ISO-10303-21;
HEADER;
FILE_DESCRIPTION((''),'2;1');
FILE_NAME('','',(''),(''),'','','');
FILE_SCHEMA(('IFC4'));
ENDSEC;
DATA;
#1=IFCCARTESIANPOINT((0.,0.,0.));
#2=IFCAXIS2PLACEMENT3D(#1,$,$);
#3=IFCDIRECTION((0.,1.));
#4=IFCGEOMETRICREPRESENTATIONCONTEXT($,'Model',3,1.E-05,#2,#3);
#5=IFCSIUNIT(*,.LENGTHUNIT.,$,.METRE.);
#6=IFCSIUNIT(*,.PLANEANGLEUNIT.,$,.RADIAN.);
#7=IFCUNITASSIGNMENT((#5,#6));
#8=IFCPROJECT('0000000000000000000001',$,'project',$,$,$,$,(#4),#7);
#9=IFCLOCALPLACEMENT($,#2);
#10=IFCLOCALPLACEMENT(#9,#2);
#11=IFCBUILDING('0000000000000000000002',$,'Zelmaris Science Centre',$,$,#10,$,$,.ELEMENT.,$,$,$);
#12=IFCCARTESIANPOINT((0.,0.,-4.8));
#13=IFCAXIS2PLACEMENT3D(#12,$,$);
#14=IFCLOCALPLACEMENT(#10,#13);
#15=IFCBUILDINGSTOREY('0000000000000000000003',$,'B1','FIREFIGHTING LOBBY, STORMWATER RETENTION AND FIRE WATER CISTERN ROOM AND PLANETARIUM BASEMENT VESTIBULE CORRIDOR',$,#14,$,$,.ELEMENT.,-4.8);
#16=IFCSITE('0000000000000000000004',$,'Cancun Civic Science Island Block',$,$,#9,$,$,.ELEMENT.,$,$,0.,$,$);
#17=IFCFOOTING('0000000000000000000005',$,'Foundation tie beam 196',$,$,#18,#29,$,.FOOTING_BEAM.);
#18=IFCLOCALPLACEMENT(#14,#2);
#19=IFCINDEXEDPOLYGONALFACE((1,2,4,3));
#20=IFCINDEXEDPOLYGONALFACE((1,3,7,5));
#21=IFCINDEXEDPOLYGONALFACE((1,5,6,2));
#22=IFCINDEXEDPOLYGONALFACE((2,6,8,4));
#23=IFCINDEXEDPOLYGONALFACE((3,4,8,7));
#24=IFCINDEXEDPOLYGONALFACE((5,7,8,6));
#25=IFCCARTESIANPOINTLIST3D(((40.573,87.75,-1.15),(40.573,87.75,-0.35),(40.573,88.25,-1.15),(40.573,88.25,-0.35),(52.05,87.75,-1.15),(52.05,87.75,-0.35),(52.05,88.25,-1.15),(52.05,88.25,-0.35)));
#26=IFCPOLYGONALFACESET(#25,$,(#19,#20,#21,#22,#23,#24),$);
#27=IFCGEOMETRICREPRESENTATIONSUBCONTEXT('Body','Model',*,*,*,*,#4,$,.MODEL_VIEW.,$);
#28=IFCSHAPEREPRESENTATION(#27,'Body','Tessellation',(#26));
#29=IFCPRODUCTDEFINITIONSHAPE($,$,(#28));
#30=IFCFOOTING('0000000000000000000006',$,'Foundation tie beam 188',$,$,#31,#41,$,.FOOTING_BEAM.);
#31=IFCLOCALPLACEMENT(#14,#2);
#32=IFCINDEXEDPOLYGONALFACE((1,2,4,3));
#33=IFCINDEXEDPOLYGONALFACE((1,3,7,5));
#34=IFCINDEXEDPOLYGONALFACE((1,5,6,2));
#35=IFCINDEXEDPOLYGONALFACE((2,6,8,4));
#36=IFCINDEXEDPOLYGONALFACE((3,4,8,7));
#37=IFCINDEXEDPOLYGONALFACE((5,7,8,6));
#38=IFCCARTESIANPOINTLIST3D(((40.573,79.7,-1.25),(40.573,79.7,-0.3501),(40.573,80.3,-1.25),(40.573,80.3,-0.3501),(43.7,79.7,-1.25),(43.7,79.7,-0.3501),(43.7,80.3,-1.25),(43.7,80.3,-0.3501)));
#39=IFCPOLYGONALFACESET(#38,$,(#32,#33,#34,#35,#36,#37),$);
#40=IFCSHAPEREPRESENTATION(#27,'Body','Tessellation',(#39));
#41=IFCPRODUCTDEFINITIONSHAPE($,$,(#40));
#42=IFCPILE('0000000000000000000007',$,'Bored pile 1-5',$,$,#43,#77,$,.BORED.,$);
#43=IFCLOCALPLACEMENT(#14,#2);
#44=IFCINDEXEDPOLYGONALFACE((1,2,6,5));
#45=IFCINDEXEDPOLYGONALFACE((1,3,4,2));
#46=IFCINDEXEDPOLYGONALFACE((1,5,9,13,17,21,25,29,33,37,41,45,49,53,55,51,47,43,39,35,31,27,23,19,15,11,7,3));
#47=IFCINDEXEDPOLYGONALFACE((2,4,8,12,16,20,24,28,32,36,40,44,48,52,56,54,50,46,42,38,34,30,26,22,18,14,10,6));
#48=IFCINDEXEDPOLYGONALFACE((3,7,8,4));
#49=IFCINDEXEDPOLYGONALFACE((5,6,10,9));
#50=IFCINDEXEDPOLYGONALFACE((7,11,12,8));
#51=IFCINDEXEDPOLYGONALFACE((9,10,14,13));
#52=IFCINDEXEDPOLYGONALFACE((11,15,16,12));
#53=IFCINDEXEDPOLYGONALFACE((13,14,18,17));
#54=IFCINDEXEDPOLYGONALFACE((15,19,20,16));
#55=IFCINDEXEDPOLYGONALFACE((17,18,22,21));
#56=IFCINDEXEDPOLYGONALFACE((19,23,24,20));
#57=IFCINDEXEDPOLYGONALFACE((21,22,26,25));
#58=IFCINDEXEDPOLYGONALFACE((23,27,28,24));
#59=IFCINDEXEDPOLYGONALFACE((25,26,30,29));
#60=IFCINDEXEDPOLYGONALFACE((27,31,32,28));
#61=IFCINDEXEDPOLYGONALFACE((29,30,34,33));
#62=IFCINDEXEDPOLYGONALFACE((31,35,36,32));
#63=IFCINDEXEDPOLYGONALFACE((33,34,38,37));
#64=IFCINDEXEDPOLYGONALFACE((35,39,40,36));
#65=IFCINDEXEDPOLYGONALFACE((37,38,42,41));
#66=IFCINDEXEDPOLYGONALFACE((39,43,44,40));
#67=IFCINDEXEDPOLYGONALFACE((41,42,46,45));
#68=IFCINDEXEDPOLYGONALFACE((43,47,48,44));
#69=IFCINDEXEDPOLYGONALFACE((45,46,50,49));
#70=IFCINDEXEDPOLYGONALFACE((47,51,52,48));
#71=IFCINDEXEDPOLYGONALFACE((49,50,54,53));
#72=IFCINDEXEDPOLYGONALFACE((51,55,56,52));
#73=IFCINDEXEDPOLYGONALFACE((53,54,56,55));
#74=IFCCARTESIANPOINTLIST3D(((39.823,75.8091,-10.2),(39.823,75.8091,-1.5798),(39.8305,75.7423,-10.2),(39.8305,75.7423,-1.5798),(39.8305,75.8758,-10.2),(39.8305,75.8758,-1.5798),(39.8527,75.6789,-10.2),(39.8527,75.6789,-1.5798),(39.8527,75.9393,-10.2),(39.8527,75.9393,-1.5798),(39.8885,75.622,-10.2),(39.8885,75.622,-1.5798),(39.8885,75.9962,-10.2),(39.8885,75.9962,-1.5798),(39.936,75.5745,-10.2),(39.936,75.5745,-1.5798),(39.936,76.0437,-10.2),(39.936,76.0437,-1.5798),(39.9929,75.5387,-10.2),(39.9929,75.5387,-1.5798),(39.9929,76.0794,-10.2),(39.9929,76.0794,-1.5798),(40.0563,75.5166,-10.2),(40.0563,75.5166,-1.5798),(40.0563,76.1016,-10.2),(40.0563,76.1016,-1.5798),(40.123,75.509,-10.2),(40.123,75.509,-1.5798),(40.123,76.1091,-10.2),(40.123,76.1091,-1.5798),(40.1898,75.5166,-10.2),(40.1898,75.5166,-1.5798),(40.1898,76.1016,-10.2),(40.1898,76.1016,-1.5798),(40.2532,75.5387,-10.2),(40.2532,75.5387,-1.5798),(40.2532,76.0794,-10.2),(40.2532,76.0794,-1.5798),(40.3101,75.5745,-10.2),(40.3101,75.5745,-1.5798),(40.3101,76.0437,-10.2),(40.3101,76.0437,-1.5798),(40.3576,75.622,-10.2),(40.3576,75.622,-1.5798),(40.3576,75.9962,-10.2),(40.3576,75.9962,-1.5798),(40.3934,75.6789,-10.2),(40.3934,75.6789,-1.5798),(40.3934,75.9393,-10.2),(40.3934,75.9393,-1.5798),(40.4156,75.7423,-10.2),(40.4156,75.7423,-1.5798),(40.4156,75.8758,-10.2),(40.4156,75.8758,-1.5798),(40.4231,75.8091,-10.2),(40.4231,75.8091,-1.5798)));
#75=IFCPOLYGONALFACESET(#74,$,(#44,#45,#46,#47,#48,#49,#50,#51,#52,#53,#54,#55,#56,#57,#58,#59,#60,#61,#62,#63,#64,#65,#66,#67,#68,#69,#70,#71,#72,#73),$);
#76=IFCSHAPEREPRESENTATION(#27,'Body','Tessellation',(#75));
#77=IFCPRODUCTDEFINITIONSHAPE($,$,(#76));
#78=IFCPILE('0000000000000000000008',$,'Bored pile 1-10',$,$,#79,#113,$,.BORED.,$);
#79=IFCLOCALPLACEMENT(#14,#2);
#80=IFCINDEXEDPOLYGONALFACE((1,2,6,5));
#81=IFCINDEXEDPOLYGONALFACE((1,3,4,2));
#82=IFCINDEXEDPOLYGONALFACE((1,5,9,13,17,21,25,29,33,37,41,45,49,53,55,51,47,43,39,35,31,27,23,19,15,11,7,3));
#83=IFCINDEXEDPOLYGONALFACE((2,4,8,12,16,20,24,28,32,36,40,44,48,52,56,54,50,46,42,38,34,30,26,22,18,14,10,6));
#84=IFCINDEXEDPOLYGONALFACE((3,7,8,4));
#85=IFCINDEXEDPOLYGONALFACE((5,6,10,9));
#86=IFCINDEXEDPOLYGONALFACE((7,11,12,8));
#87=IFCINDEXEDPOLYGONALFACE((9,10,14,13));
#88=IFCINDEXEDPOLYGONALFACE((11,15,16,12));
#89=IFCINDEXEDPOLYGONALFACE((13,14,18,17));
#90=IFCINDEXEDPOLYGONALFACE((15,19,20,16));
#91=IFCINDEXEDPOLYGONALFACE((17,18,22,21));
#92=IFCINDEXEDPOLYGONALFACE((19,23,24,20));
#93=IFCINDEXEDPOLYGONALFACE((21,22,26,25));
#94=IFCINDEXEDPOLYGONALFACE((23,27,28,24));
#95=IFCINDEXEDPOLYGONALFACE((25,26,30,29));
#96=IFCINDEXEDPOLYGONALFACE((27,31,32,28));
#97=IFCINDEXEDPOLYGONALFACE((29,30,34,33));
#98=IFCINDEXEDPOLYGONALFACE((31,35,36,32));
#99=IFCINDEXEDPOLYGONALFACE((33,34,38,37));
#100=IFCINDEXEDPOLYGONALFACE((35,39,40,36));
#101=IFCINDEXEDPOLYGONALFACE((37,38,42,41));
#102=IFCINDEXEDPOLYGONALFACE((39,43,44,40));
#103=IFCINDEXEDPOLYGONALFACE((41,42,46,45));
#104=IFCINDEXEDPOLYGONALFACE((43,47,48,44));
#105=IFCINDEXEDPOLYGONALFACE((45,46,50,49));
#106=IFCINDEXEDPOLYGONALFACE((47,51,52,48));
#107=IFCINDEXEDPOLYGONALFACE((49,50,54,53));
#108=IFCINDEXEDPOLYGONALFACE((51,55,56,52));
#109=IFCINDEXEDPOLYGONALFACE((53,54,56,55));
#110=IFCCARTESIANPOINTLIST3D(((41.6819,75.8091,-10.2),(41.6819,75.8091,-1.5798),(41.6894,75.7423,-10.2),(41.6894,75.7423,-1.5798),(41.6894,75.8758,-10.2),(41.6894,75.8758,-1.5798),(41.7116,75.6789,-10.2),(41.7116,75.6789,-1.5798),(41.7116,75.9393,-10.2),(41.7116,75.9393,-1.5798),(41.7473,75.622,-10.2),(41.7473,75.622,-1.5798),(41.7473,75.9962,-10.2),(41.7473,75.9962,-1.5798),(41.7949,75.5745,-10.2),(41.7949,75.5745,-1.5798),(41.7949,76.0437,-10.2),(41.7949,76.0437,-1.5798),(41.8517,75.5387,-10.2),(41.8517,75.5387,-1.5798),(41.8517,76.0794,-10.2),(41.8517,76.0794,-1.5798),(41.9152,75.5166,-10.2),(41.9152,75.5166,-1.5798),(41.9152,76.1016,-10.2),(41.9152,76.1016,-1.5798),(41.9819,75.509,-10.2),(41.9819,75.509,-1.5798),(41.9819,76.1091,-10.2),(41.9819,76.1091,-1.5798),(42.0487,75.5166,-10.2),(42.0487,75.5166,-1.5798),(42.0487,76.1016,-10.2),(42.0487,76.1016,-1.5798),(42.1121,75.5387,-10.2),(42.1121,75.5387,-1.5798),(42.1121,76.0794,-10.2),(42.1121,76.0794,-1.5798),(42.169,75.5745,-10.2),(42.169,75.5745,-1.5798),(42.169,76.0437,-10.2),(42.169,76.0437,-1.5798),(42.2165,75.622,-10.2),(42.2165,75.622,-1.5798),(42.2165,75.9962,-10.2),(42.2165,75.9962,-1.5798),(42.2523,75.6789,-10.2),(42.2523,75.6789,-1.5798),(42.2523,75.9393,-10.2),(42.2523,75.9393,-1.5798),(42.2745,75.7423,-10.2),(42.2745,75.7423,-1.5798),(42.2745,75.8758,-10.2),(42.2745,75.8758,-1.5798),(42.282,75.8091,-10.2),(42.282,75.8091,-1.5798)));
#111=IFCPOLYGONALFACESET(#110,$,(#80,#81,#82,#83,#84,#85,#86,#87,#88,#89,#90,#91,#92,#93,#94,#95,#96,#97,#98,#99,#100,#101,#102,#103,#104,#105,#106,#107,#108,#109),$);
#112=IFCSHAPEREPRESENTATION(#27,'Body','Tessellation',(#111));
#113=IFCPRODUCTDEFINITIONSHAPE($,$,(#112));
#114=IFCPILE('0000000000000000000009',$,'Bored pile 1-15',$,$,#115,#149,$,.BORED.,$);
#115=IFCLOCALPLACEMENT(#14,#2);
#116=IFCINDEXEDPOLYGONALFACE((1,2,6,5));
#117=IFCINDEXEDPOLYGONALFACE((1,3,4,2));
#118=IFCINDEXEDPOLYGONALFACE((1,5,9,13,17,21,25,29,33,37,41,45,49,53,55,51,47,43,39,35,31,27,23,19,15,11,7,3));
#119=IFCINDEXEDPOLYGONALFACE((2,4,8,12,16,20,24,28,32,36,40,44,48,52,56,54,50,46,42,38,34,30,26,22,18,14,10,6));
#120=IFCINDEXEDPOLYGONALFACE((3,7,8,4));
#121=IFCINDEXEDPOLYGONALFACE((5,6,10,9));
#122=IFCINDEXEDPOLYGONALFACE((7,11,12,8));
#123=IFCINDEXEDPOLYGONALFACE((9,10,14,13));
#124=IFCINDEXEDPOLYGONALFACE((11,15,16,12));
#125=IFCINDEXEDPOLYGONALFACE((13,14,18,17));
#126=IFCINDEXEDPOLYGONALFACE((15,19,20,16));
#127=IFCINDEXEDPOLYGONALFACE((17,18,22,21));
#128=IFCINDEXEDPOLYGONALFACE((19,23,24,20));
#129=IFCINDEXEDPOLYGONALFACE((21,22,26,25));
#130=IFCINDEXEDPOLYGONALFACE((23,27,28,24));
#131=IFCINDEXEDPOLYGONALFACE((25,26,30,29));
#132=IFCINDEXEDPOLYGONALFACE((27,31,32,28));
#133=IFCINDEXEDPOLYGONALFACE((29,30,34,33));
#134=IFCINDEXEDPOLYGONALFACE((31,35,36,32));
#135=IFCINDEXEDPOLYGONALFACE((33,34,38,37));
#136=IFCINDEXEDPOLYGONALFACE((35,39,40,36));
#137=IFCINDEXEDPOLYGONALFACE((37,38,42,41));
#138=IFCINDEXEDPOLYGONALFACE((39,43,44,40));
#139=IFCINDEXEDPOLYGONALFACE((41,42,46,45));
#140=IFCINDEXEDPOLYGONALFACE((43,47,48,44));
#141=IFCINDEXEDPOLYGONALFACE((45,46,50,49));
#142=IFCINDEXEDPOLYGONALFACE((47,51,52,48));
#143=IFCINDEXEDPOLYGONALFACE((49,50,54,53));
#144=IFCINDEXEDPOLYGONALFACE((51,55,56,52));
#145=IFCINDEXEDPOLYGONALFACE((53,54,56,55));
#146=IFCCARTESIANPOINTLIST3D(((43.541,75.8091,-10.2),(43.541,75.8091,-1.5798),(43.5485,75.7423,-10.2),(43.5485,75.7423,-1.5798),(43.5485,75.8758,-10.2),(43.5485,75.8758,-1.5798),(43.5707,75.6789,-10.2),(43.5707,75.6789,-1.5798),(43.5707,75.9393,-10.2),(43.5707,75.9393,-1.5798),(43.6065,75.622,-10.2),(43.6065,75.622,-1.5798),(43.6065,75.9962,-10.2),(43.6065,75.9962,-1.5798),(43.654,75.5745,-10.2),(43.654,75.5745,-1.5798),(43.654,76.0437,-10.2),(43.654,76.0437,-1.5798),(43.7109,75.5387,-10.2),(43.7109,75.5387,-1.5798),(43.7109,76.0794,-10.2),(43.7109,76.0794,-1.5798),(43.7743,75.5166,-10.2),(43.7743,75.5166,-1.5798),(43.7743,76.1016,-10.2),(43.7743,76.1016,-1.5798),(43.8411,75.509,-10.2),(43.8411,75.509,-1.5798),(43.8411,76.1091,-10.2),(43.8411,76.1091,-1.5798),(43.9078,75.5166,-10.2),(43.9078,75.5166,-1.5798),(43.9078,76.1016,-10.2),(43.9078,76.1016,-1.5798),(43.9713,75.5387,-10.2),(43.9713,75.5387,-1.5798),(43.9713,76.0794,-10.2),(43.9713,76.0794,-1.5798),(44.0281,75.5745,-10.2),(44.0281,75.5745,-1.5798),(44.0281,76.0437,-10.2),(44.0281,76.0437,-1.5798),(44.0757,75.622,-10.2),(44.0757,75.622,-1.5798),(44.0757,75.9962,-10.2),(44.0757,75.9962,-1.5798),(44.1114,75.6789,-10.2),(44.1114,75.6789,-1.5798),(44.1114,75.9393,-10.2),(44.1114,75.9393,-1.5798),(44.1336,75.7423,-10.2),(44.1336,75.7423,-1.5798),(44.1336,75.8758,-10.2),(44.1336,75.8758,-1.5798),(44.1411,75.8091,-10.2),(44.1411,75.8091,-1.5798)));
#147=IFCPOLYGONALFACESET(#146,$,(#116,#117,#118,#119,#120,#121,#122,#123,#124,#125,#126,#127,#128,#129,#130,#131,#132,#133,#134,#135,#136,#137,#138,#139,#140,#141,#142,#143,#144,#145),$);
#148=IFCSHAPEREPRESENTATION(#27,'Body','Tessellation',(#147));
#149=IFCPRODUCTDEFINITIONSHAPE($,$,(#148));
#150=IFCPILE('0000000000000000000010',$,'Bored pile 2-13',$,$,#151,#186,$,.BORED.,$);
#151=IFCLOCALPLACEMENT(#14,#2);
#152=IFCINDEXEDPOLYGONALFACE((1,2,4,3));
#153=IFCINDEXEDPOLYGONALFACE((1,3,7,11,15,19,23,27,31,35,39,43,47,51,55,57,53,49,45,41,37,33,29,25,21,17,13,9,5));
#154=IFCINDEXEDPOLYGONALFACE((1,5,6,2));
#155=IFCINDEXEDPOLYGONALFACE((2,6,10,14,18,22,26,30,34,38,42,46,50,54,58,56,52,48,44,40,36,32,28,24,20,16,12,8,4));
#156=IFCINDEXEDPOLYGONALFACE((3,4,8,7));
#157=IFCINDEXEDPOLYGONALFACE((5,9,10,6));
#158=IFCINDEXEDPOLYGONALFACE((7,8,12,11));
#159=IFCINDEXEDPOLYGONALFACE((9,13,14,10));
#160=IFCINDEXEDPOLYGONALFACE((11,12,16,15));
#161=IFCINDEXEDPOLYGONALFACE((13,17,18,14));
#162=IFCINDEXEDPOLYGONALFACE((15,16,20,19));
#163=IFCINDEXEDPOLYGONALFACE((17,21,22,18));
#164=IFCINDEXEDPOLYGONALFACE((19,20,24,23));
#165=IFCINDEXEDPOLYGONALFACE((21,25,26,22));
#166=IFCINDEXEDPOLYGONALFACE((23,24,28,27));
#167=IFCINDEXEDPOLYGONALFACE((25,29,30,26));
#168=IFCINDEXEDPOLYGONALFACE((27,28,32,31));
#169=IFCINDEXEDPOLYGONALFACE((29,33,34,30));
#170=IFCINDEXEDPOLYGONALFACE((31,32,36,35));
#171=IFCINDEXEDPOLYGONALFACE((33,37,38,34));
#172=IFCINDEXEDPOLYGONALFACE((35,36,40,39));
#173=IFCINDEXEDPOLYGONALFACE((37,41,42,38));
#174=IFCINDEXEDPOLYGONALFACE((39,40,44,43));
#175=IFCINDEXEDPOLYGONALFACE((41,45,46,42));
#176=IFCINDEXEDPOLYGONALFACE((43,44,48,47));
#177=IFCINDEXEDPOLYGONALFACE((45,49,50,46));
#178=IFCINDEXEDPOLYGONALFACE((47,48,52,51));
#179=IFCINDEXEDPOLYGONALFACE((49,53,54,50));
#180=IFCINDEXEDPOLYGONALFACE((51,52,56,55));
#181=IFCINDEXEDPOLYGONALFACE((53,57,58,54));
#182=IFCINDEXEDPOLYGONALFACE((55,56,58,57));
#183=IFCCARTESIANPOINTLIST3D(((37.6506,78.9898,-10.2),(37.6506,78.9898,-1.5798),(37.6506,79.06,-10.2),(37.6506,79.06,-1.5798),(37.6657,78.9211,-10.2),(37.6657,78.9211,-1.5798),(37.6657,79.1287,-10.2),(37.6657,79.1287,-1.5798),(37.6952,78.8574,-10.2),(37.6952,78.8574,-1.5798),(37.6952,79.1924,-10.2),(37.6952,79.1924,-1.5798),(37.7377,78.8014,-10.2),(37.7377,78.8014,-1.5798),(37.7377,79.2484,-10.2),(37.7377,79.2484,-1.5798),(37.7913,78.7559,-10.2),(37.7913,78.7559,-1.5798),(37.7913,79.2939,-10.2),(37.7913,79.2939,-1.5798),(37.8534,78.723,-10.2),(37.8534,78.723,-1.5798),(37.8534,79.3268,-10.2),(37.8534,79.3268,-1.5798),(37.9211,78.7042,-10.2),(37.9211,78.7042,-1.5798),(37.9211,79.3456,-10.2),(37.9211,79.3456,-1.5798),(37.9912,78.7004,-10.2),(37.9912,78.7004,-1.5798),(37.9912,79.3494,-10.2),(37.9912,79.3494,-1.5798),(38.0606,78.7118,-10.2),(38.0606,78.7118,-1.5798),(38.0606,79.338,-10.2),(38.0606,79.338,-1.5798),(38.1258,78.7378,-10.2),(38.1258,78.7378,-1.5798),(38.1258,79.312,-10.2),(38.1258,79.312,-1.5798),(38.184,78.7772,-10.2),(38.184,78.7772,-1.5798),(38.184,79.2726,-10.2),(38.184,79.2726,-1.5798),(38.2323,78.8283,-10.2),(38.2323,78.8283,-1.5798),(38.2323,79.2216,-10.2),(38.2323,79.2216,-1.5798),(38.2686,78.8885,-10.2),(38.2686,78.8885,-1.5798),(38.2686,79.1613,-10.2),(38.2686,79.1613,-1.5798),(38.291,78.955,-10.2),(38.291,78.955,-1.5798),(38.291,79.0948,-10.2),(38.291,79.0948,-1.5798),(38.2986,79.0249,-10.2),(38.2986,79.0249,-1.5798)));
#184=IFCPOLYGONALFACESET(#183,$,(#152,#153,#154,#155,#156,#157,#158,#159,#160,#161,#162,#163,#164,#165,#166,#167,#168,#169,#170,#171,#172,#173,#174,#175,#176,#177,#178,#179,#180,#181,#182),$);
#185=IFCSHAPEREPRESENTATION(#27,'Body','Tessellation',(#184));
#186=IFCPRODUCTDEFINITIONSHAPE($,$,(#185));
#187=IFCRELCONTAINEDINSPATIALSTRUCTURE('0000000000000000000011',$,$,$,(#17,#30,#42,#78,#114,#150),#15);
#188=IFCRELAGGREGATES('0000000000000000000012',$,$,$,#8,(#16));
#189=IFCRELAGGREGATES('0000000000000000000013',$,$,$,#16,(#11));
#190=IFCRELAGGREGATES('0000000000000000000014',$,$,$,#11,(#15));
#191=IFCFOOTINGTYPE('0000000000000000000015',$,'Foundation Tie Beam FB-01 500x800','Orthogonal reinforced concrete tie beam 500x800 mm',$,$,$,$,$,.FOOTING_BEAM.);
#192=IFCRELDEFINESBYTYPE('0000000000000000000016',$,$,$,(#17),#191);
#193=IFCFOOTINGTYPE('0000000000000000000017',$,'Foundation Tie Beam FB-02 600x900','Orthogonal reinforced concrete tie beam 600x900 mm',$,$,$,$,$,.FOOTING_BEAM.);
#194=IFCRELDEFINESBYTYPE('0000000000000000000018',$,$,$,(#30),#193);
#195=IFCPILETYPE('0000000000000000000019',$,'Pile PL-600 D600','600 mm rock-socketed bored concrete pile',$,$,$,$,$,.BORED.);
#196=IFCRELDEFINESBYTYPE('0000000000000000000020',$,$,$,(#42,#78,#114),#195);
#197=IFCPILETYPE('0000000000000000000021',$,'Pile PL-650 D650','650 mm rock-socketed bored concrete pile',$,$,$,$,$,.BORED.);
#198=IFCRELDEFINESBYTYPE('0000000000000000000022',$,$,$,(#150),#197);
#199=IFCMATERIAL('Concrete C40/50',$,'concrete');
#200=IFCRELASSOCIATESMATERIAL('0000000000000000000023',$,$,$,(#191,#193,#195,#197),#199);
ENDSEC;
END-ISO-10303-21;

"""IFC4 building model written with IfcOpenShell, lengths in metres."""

from ifc_helpers import new_model, si_unit, direction, frame, origin, origin_2d, place, context, subcontext, project, spatial, rectangle, circle, extrude, material, material_profile, profile_set, type_object, element, save


model = new_model("IFC4")

# Units and contexts
model_context = context("Model", 3, precision=1e-05, world=origin(), true_north=direction((0.0, 1.0)))
body_context = subcontext(model_context, "Body", "Model", "MODEL_VIEW")
ifc_project = project(units=[si_unit("LENGTHUNIT", "METRE"), si_unit("PLANEANGLEUNIT", "RADIAN")], contexts=[model_context])

# Site, building, storey
site_placement = place(None, origin())
site = spatial("IfcSite", under=ifc_project, at=site_placement, Name="Cancun Civic Science Island Block", CompositionType="ELEMENT", RefElevation=0.0)
building_placement = place(site_placement, origin())
building = spatial("IfcBuilding", under=site, at=building_placement, Name="Zelmaris Science Centre", CompositionType="ELEMENT")
storey_placement = place(building_placement, frame((0.0, 0.0, -4.8)))
storey = spatial("IfcBuildingStorey", under=building, at=storey_placement, Name="B1", Description="FIREFIGHTING LOBBY, STORMWATER RETENTION AND FIRE WATER CISTERN ROOM AND PLANETARIUM BASEMENT VESTIBULE CORRIDOR", CompositionType="ELEMENT", Elevation=-4.8)

# Footings
ifc_material_1 = material(Name="Concrete C40/50", Category="concrete")
ifc_material_profile_1 = material_profile(ifc_material_1, rectangle(XDim=0.5, YDim=0.8, at=origin_2d()), Name="FB-500X800")
ifc_profile_set_1 = profile_set([ifc_material_profile_1], Name="Concrete C40/50")
footing_type_1 = type_object("IfcFootingType", Name="Foundation Tie Beam FB-01 500x800", Description="Orthogonal reinforced concrete tie beam 500x800 mm", PredefinedType="FOOTING_BEAM", material=ifc_profile_set_1)
footing_1_placement = place(storey_placement, frame((40.573, 88.0, -0.75), z_axis=(1.0, 0.0, 0.0), x_axis=(0.0, 1.0, 0.0)))
element("IfcFooting", 1, at=footing_1_placement, inside=storey, type_object=footing_type_1, Name="Foundation tie beam 196", PredefinedType="FOOTING_BEAM", context=body_context, shape_type="SweptSolid", body=[
    extrude(rectangle(XDim=0.5, YDim=0.8, at=origin_2d()), origin(), (0.0, 0.0, 1.0), 11.4771),
])
ifc_material_profile_2 = material_profile(ifc_material_1, rectangle(XDim=0.6001, YDim=0.8999, at=origin_2d()), Name="FB-600X900")
ifc_profile_set_2 = profile_set([ifc_material_profile_2], Name="Concrete C40/50")
footing_type_2 = type_object("IfcFootingType", Name="Foundation Tie Beam FB-02 600x900", Description="Orthogonal reinforced concrete tie beam 600x900 mm", PredefinedType="FOOTING_BEAM", material=ifc_profile_set_2)
footing_2_placement = place(storey_placement, frame((40.573, 80.0, -0.8), z_axis=(1.0, 0.0, 0.0), x_axis=(0.0, 1.0, 0.0)))
element("IfcFooting", 2, at=footing_2_placement, inside=storey, type_object=footing_type_2, Name="Foundation tie beam 188", PredefinedType="FOOTING_BEAM", context=body_context, shape_type="SweptSolid", body=[
    extrude(rectangle(XDim=0.6001, YDim=0.8999, at=origin_2d()), origin(), (0.0, 0.0, 1.0), 3.127),
])

# Piles
ifc_material_profile_3 = material_profile(ifc_material_1, circle(Radius=0.3, at=origin_2d()), Name="PILE-600")
ifc_profile_set_3 = profile_set([ifc_material_profile_3], Name="Concrete C40/50")
pile_type_1 = type_object("IfcPileType", Name="Pile PL-600 D600", Description="600 mm rock-socketed bored concrete pile", PredefinedType="BORED", material=ifc_profile_set_3)
for number, where, z_axis, x_axis, name in (
    (3, (40.123, 75.8091, -1.5798), (0.0, 0.0, -1.0), (1.0, 0.0, 0.0), "Bored pile 1-5"),
    (4, (41.9819, 75.8091, -1.5798), (0.0, 0.0, -1.0), (1.0, 0.0, 0.0), "Bored pile 1-10"),
    (5, (43.8411, 75.8091, -1.5798), (0.0, 0.0, -1.0), (1.0, 0.0, 0.0), "Bored pile 1-15"),
):
    element("IfcPile", number, at=place(storey_placement, frame(where, z_axis=z_axis, x_axis=x_axis)), inside=storey, type_object=pile_type_1, Name=name, PredefinedType="BORED", context=body_context, shape_type="SweptSolid", body=[
        extrude(circle(Radius=0.3, at=origin_2d()), origin(), (0.0, 0.0, 1.0), 8.6201),
    ])
ifc_material_profile_4 = material_profile(ifc_material_1, circle(Radius=0.325, at=origin_2d()), Name="PILE-650")
ifc_profile_set_4 = profile_set([ifc_material_profile_4], Name="Concrete C40/50")
pile_type_2 = type_object("IfcPileType", Name="Pile PL-650 D650", Description="650 mm rock-socketed bored concrete pile", PredefinedType="BORED", material=ifc_profile_set_4)
for number, where, z_axis, x_axis, name in (
    (6, (37.9736, 79.0249, -1.5798), (0.0, 0.0, -1.0), (1.0, 0.0, 0.0), "Bored pile 2-13"),
):
    element("IfcPile", number, at=place(storey_placement, frame(where, z_axis=z_axis, x_axis=x_axis)), inside=storey, type_object=pile_type_2, Name=name, PredefinedType="BORED", context=body_context, shape_type="SweptSolid", body=[
        extrude(circle(Radius=0.325, at=origin_2d()), origin(), (0.0, 0.0, 1.0), 8.6201),
    ])

save(model, "model.ifc")
